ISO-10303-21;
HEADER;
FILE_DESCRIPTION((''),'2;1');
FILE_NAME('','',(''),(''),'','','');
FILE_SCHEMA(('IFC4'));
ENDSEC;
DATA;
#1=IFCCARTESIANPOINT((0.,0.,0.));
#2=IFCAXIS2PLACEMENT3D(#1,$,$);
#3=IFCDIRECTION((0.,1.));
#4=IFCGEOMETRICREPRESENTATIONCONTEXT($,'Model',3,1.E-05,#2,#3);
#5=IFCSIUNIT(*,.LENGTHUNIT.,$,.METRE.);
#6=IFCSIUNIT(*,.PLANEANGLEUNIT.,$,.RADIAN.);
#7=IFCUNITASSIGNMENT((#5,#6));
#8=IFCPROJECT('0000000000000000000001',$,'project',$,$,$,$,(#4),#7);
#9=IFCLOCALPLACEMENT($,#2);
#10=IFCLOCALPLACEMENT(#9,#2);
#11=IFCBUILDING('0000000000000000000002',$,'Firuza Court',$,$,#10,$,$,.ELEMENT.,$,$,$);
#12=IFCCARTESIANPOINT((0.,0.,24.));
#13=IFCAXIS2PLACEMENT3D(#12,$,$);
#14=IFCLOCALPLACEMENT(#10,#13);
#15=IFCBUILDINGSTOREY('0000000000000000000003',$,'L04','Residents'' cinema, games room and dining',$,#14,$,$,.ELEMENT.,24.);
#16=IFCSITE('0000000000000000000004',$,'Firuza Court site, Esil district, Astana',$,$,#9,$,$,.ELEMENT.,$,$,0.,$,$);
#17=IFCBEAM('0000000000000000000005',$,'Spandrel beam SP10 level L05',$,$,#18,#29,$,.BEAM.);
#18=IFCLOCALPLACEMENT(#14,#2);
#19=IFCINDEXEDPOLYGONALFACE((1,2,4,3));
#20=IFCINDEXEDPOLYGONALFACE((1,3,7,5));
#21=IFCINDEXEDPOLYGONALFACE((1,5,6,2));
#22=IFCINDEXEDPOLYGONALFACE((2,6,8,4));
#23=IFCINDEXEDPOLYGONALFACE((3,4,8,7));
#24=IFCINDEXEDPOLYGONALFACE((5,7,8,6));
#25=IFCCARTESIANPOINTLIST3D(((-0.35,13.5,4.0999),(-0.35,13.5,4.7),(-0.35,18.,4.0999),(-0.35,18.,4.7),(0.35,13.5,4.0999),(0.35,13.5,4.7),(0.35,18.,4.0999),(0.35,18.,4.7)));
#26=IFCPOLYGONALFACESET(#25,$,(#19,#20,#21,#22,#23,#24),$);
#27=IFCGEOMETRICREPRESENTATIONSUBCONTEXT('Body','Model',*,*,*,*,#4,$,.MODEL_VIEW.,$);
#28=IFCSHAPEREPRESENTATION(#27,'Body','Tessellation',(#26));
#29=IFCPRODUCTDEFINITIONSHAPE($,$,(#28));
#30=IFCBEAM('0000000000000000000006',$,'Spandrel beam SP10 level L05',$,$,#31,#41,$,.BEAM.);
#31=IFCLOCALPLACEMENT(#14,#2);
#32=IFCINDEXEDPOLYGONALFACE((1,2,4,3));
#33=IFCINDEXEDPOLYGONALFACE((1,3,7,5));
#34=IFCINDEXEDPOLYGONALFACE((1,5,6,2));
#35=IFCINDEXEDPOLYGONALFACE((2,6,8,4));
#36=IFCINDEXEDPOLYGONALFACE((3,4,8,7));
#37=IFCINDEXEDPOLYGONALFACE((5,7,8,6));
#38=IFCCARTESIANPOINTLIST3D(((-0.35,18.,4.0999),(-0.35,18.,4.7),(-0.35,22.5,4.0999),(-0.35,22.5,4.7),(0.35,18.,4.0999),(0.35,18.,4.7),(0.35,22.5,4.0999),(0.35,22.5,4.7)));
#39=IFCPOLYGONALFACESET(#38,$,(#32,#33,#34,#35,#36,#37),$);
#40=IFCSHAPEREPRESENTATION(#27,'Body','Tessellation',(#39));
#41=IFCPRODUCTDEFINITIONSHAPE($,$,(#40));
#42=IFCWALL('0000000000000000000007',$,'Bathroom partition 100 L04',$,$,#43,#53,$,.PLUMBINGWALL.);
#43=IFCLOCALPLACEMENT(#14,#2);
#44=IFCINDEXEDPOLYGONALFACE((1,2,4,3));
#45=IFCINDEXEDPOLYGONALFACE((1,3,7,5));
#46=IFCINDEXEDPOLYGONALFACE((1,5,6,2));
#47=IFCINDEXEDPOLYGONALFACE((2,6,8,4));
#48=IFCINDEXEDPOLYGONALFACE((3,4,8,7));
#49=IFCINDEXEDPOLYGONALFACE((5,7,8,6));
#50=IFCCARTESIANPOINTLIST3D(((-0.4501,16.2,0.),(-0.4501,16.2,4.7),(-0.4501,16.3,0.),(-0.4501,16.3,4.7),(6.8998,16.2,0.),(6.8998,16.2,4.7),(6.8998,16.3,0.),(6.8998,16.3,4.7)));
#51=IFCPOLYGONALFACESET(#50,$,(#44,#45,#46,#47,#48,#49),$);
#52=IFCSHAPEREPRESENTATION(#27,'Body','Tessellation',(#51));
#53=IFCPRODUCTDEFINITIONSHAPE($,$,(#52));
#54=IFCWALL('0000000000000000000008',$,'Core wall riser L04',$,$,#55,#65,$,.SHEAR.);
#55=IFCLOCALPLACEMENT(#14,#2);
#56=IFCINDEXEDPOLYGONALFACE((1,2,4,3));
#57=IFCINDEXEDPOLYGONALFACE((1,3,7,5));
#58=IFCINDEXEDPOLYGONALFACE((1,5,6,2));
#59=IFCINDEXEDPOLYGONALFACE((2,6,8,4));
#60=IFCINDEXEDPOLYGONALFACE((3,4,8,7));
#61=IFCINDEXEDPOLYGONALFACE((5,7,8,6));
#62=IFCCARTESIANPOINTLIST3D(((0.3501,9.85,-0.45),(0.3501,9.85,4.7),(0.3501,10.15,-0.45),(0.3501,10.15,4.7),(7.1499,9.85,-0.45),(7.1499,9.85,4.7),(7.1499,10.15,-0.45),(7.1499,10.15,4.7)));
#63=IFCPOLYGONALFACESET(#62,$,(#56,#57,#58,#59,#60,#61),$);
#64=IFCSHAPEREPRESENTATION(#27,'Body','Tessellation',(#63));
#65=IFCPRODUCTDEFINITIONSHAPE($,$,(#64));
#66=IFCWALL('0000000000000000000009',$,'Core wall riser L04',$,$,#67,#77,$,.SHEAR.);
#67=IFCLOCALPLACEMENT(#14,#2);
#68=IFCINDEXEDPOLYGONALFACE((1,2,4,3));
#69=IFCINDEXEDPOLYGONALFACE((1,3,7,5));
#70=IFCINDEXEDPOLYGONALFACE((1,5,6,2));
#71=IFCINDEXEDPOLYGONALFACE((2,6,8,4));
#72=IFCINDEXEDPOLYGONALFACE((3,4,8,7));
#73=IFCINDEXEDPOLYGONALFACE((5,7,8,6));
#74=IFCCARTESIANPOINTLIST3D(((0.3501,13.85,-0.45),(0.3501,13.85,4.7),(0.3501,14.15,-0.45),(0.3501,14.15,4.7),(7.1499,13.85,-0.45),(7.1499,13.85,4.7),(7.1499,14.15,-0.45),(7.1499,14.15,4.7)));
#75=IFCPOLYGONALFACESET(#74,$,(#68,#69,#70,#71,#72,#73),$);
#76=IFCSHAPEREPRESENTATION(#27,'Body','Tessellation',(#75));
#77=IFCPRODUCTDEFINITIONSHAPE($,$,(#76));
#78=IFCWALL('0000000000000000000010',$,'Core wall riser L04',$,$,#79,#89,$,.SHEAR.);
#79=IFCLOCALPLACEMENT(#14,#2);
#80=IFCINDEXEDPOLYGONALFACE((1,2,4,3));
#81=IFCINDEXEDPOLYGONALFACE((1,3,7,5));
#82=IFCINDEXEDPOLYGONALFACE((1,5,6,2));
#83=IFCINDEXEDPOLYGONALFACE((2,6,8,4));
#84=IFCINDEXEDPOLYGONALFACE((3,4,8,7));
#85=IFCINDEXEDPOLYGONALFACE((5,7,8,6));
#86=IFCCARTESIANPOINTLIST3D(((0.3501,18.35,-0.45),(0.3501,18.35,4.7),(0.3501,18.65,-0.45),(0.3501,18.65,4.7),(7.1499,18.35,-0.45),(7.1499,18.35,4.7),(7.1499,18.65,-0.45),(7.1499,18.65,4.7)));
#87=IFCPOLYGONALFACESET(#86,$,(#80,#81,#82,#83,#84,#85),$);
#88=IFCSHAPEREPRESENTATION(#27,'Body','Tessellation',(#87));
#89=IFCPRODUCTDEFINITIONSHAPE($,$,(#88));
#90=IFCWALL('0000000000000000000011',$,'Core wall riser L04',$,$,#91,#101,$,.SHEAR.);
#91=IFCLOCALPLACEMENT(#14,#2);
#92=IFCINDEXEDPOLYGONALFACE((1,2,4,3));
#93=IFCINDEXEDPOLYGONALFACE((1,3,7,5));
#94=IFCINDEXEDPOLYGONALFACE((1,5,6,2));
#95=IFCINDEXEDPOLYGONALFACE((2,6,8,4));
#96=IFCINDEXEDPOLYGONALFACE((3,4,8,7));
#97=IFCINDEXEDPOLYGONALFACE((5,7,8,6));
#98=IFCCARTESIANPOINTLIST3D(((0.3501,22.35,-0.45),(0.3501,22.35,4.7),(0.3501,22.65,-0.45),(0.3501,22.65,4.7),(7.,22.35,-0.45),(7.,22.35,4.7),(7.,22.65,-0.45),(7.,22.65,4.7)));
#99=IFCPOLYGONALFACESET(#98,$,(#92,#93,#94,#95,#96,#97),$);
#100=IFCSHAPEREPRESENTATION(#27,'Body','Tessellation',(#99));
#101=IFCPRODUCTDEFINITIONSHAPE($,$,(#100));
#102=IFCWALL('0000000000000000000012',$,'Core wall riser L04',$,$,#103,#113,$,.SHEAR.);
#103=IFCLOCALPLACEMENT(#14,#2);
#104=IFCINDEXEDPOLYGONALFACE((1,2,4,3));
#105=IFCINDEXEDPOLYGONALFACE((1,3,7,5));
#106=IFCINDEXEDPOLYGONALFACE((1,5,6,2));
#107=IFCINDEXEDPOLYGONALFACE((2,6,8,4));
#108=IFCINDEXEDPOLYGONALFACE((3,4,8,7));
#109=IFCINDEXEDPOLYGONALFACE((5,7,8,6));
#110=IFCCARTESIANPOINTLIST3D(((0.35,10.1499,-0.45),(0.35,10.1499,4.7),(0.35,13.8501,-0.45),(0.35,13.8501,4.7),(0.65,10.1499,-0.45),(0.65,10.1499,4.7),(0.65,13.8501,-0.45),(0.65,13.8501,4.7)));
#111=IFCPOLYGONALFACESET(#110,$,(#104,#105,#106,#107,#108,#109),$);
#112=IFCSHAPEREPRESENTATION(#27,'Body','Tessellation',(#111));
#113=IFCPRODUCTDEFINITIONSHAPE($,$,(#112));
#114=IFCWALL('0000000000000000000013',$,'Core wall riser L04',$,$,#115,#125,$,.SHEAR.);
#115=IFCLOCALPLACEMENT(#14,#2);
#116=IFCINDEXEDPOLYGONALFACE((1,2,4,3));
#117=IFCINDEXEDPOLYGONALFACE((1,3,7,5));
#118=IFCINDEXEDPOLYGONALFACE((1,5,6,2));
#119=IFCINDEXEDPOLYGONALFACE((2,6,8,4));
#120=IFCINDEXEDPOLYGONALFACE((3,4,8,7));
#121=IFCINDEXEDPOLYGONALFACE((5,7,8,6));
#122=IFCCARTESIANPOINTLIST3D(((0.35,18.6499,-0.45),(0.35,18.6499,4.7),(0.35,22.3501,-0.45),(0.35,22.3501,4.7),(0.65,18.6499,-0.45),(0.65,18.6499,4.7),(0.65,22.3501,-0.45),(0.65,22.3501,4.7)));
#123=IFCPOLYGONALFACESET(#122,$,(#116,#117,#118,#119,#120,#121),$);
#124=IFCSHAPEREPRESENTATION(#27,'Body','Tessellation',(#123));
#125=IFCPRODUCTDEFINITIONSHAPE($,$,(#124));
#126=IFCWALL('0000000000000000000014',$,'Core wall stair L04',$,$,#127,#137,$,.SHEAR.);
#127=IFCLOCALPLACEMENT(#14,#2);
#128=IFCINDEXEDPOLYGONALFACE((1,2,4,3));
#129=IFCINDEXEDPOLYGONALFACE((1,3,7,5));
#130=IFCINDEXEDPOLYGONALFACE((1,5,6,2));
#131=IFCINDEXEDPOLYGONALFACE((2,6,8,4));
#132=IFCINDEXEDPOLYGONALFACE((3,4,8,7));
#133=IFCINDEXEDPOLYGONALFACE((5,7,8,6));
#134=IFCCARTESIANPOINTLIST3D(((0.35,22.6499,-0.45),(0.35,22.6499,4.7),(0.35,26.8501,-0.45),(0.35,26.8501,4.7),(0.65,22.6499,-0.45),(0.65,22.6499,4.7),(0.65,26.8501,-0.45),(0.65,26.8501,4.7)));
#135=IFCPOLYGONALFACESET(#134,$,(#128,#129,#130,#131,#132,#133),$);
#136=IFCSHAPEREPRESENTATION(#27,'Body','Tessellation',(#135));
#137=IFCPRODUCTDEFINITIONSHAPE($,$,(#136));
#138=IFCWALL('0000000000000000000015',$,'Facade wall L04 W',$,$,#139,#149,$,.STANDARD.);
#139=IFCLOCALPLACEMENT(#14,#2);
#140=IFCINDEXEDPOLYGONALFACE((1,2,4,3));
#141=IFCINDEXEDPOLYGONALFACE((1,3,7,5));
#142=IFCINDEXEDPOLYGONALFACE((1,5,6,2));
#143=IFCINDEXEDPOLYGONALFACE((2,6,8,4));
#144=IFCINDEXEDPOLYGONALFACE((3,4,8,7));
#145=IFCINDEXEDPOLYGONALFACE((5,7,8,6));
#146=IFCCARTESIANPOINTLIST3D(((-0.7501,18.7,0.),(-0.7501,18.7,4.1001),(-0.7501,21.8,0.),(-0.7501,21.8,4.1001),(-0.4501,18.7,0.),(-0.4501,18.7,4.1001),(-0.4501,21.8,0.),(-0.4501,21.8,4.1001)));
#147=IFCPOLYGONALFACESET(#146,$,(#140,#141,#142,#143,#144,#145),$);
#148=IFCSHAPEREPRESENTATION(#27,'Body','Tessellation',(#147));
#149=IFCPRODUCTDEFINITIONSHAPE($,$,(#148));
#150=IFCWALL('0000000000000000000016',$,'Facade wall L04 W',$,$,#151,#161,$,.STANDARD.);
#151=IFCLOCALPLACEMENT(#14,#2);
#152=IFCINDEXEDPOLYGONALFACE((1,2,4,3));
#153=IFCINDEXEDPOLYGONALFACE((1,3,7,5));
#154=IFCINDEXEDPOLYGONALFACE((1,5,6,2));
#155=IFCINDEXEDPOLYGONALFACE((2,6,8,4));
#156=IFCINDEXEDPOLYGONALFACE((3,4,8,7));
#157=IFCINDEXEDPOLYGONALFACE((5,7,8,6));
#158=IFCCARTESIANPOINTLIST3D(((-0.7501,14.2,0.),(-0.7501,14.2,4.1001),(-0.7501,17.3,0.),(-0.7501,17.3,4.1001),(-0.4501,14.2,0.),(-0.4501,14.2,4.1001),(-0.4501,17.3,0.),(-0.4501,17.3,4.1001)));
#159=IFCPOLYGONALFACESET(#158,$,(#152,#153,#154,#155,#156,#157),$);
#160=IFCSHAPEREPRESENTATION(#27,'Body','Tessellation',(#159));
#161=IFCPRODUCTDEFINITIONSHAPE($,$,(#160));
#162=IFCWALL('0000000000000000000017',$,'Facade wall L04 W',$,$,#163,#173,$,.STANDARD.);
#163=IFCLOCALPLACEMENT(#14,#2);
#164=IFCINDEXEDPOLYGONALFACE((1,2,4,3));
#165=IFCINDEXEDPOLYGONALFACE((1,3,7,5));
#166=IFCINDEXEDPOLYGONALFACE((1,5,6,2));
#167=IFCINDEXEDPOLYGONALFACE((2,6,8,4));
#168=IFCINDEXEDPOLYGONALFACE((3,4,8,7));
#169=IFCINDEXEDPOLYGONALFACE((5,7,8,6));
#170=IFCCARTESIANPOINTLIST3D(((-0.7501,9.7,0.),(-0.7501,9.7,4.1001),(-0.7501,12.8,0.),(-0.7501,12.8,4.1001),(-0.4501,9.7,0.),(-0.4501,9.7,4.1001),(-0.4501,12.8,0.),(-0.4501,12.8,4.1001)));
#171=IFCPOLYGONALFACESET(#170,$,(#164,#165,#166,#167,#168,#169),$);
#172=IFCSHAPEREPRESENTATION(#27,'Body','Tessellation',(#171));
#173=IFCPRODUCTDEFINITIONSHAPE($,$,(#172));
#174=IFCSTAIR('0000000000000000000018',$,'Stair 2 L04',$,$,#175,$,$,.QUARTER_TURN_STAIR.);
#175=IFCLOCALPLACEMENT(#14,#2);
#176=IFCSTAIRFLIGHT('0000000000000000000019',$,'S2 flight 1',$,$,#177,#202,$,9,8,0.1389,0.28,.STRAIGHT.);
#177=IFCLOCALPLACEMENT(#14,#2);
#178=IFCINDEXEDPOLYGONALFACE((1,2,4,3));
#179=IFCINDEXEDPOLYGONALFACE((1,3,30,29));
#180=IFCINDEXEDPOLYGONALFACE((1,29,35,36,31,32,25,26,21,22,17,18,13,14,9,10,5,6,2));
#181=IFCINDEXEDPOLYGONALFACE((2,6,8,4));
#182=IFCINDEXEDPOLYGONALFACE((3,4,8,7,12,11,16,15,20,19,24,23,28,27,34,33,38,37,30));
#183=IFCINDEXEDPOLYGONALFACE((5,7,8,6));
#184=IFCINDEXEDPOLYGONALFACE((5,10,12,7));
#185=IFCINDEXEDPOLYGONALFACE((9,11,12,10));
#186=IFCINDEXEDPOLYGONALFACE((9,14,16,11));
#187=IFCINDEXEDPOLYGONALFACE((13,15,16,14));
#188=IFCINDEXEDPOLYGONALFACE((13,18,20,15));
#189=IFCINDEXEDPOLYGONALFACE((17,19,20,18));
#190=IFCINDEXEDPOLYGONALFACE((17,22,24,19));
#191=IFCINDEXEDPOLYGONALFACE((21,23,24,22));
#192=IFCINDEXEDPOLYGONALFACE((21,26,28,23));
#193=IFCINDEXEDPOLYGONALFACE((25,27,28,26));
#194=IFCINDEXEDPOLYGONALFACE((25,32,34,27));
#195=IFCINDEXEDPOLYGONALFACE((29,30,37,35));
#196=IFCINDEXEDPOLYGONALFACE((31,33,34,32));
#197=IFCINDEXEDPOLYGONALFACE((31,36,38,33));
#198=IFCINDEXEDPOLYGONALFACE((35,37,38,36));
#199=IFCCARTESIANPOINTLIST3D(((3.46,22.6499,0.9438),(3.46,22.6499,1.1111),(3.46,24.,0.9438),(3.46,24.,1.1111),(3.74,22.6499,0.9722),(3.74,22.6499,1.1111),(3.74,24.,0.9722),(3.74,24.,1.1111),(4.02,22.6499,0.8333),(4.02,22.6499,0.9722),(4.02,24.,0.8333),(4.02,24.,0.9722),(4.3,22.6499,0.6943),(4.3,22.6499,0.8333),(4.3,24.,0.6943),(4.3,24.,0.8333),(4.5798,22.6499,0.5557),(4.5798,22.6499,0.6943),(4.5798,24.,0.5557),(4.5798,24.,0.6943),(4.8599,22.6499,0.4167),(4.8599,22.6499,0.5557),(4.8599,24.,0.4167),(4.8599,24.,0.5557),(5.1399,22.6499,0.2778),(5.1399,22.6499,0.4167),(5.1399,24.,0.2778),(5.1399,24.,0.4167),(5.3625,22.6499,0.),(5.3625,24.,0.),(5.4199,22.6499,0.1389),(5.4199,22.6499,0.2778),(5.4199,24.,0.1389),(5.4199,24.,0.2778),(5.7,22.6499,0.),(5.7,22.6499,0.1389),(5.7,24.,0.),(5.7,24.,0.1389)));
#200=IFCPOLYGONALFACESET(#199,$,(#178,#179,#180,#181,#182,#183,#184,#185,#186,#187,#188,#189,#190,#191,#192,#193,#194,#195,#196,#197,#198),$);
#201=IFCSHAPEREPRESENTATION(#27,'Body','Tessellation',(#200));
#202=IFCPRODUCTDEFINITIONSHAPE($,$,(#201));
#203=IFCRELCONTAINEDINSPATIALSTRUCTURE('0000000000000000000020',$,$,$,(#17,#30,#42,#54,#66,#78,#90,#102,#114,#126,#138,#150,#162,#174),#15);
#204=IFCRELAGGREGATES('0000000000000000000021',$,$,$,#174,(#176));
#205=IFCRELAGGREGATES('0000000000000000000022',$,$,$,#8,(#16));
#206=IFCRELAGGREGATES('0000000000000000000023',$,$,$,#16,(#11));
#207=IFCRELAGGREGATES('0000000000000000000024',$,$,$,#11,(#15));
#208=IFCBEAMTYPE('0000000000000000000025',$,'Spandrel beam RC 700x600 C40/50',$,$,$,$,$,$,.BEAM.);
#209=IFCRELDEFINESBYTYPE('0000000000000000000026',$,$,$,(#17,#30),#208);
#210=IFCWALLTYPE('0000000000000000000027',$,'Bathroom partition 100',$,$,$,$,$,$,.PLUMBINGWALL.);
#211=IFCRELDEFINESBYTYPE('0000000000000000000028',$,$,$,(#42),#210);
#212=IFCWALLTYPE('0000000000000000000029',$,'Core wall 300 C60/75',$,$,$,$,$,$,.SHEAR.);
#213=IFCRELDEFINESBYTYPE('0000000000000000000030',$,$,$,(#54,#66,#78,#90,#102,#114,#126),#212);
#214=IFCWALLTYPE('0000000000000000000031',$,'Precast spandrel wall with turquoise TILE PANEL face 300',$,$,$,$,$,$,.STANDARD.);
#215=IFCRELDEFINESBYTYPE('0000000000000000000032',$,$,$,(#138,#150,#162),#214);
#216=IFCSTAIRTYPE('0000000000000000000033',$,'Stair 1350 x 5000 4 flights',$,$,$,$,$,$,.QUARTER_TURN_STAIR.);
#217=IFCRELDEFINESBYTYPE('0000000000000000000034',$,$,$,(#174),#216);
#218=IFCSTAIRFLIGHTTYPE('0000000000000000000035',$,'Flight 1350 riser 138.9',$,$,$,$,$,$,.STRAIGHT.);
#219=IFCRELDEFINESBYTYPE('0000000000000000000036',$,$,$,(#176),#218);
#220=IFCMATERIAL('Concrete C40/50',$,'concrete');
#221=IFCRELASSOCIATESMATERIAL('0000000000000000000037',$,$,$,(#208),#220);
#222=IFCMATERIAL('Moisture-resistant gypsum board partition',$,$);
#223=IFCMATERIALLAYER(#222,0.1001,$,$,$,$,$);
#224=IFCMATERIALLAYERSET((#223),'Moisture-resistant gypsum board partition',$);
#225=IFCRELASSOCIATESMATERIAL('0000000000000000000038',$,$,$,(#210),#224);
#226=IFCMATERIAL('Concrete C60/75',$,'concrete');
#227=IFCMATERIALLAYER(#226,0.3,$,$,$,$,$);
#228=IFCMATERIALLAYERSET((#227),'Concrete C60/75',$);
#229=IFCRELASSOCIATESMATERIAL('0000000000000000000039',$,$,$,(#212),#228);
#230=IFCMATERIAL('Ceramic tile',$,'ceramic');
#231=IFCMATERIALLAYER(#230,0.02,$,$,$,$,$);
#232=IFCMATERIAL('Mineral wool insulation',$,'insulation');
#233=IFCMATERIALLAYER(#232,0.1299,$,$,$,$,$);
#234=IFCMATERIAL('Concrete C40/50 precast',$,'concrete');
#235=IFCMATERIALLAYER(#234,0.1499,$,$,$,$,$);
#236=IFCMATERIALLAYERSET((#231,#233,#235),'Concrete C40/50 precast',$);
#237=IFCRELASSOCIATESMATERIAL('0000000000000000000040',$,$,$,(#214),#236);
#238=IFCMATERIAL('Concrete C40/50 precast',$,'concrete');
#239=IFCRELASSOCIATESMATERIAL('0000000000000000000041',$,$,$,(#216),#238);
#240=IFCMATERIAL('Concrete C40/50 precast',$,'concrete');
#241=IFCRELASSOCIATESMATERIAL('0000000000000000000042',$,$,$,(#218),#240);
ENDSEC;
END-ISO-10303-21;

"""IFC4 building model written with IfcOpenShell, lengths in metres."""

from ifc_helpers import new_model, si_unit, direction, frame, frame_2d, origin, origin_2d, place, context, subcontext, project, spatial, polyline, rectangle, outline, extrude, material, layer, layer_set, material_profile, profile_set, type_object, element, aggregate, save


model = new_model("IFC4")

# Units and contexts
model_context = context("Model", 3, precision=1e-05, world=origin(), true_north=direction((0.0, 1.0)))
body_context = subcontext(model_context, "Body", "Model", "MODEL_VIEW")
ifc_project = project(units=[si_unit("LENGTHUNIT", "METRE"), si_unit("PLANEANGLEUNIT", "RADIAN")], contexts=[model_context])

# Site, building, storey
site_placement = place(None, origin())
site = spatial("IfcSite", under=ifc_project, at=site_placement, Name="Firuza Court site, Esil district, Astana", CompositionType="ELEMENT", RefElevation=0.0)
building_placement = place(site_placement, origin())
building = spatial("IfcBuilding", under=site, at=building_placement, Name="Firuza Court", CompositionType="ELEMENT")
storey_placement = place(building_placement, frame((0.0, 0.0, 24.0)))
storey = spatial("IfcBuildingStorey", under=building, at=storey_placement, Name="L04", Description="Residents' cinema, games room and dining", CompositionType="ELEMENT", Elevation=24.0)

# Beams
ifc_material_1 = material(Name="Concrete C40/50", Category="concrete")
ifc_material_profile_1 = material_profile(ifc_material_1, rectangle(XDim=0.7, YDim=0.6001, at=origin_2d()), Name="RC 700x600")
ifc_profile_set_1 = profile_set([ifc_material_profile_1], Name="Concrete C40/50")
beam_type_1 = type_object("IfcBeamType", Name="Spandrel beam RC 700x600 C40/50", PredefinedType="BEAM", material=ifc_profile_set_1)
for number, where, z_axis, x_axis, name in (
    (1, (0.0, 18.0, 4.3999), (0.0, -1.0, 0.0), (1.0, 0.0, 0.0), "Spandrel beam SP10 level L05"),
    (2, (0.0, 22.5, 4.3999), (0.0, -1.0, 0.0), (1.0, 0.0, 0.0), "Spandrel beam SP10 level L05"),
):
    element("IfcBeam", number, at=place(storey_placement, frame(where, z_axis=z_axis, x_axis=x_axis)), inside=storey, type_object=beam_type_1, Name=name, PredefinedType="BEAM", context=body_context, shape_type="SweptSolid", body=[
        extrude(rectangle(XDim=0.7, YDim=0.6001, at=origin_2d()), origin(), (0.0, 0.0, 1.0), 4.5),
    ])

# Walls
ifc_material_2 = material(Name="Moisture-resistant gypsum board partition")
ifc_layer_1 = layer(ifc_material_2, 0.1001)
ifc_layer_set_1 = layer_set([ifc_layer_1], Name="Moisture-resistant gypsum board partition")
wall_type_1 = type_object("IfcWallType", Name="Bathroom partition 100", PredefinedType="PLUMBINGWALL", material=ifc_layer_set_1)
wall_1_placement = place(storey_placement, frame((-0.45, 16.25, 0.0), z_axis=(0.0, 0.0, 1.0), x_axis=(1.0, 0.0, 0.0)))
element("IfcWall", 3, at=wall_1_placement, inside=storey, type_object=wall_type_1, Name="Bathroom partition 100 L04", PredefinedType="PLUMBINGWALL", context=body_context, shape_type="SweptSolid", body=[
    extrude(rectangle(XDim=7.3499, YDim=0.1001, at=frame_2d((3.6748, 0.0))), origin(), (0.0, 0.0, 1.0), 4.7),
])
ifc_material_3 = material(Name="Concrete C60/75", Category="concrete")
ifc_layer_2 = layer(ifc_material_3, 0.3)
ifc_layer_set_2 = layer_set([ifc_layer_2], Name="Concrete C60/75")
wall_type_2 = type_object("IfcWallType", Name="Core wall 300 C60/75", PredefinedType="SHEAR", material=ifc_layer_set_2)
for number, where, z_axis, x_axis, name in (
    (4, (0.3501, 10.0, -0.45), (0.0, 0.0, 1.0), (1.0, 0.0, 0.0), "Core wall riser L04"),
    (5, (0.3501, 14.0, -0.45), (0.0, 0.0, 1.0), (1.0, 0.0, 0.0), "Core wall riser L04"),
    (6, (0.3501, 18.5, -0.45), (0.0, 0.0, 1.0), (1.0, 0.0, 0.0), "Core wall riser L04"),
):
    element("IfcWall", number, at=place(storey_placement, frame(where, z_axis=z_axis, x_axis=x_axis)), inside=storey, type_object=wall_type_2, Name=name, PredefinedType="SHEAR", context=body_context, shape_type="SweptSolid", body=[
        extrude(rectangle(XDim=6.7998, YDim=0.3, at=frame_2d((3.3999, 0.0))), origin(), (0.0, 0.0, 1.0), 5.1499),
    ])
wall_2_placement = place(storey_placement, frame((0.3501, 22.5, -0.45), z_axis=(0.0, 0.0, 1.0), x_axis=(1.0, 0.0, 0.0)))
element("IfcWall", 7, at=wall_2_placement, inside=storey, type_object=wall_type_2, Name="Core wall riser L04", PredefinedType="SHEAR", context=body_context, shape_type="SweptSolid", body=[
    extrude(rectangle(XDim=6.6499, YDim=0.3, at=frame_2d((3.325, 0.0))), origin(), (0.0, 0.0, 1.0), 5.1499),
])
for number, where, z_axis, x_axis, name in (
    (8, (0.5, 10.1499, -0.45), (0.0, 0.0, 1.0), (0.0, 1.0, 0.0), "Core wall riser L04"),
    (9, (0.5, 18.6499, -0.45), (0.0, 0.0, 1.0), (0.0, 1.0, 0.0), "Core wall riser L04"),
):
    element("IfcWall", number, at=place(storey_placement, frame(where, z_axis=z_axis, x_axis=x_axis)), inside=storey, type_object=wall_type_2, Name=name, PredefinedType="SHEAR", context=body_context, shape_type="SweptSolid", body=[
        extrude(rectangle(XDim=3.7002, YDim=0.3, at=frame_2d((1.8501, 0.0))), origin(), (0.0, 0.0, 1.0), 5.1499),
    ])
wall_3_placement = place(storey_placement, frame((0.5, 22.6499, -0.45), z_axis=(0.0, 0.0, 1.0), x_axis=(0.0, 1.0, 0.0)))
element("IfcWall", 10, at=wall_3_placement, inside=storey, type_object=wall_type_2, Name="Core wall stair L04", PredefinedType="SHEAR", context=body_context, shape_type="SweptSolid", body=[
    extrude(rectangle(XDim=4.2002, YDim=0.3, at=frame_2d((2.1001, 0.0))), origin(), (0.0, 0.0, 1.0), 5.1499),
])
ifc_material_4 = material(Name="Ceramic tile", Category="ceramic")
ifc_layer_3 = layer(ifc_material_4, 0.02)
ifc_material_5 = material(Name="Mineral wool insulation", Category="insulation")
ifc_layer_4 = layer(ifc_material_5, 0.1299)
ifc_material_6 = material(Name="Concrete C40/50 precast", Category="concrete")
ifc_layer_5 = layer(ifc_material_6, 0.1499)
ifc_layer_set_3 = layer_set([ifc_layer_3, ifc_layer_4, ifc_layer_5], Name="Concrete C40/50 precast")
wall_type_3 = type_object("IfcWallType", Name="Precast spandrel wall with turquoise TILE PANEL face 300", PredefinedType="STANDARD", material=ifc_layer_set_3)
for number, where, z_axis, x_axis, name in (
    (11, (-0.6001, 21.8, 0.0), (0.0, 0.0, 1.0), (0.0, -1.0, 0.0), "Facade wall L04 W"),
    (12, (-0.6001, 17.3, 0.0), (0.0, 0.0, 1.0), (0.0, -1.0, 0.0), "Facade wall L04 W"),
    (13, (-0.6001, 12.8, 0.0), (0.0, 0.0, 1.0), (0.0, -1.0, 0.0), "Facade wall L04 W"),
):
    element("IfcWall", number, at=place(storey_placement, frame(where, z_axis=z_axis, x_axis=x_axis)), inside=storey, type_object=wall_type_3, Name=name, PredefinedType="STANDARD", context=body_context, shape_type="SweptSolid", body=[
        extrude(rectangle(XDim=3.1001, YDim=0.3, at=frame_2d((1.55, 0.0))), origin(), (0.0, 0.0, 1.0), 4.1001),
    ])

# Stair, stair flight
ifc_material_7 = material(Name="Concrete C40/50 precast", Category="concrete")
stair_type = type_object("IfcStairType", Name="Stair 1350 x 5000 4 flights", PredefinedType="QUARTER_TURN_STAIR", material=ifc_material_7)
stair_placement = place(storey_placement, origin())
stair = element("IfcStair", 14, at=stair_placement, inside=storey, type_object=stair_type, Name="Stair 2 L04", PredefinedType="QUARTER_TURN_STAIR")
ifc_material_8 = material(Name="Concrete C40/50 precast", Category="concrete")
stair_flight_type = type_object("IfcStairFlightType", Name="Flight 1350 riser 138.9", PredefinedType="STRAIGHT", material=ifc_material_8)
stair_flight_placement = place(storey_placement, frame((5.7, 23.325, 0.0), z_axis=(0.0, 0.0, 1.0), x_axis=(-1.0, 0.0, 0.0)))
stair_flight = element("IfcStairFlight", 15, at=stair_flight_placement, type_object=stair_flight_type, Name="S2 flight 1", NumberOfRisers=9, NumberOfTreads=8, PredefinedType="STRAIGHT", RiserHeight=0.1389, TreadLength=0.28, context=body_context, shape_type="SweptSolid", body=[
    extrude(outline(polyline([(0.0, 0.0), (0.0, 0.1389), (0.28, 0.1389), (0.28, 0.2778), (0.5601, 0.2778), (0.5601, 0.4167), (0.8401, 0.4167), (0.8401, 0.5557), (1.1201, 0.5557), (1.1201, 0.6943), (1.3999, 0.6943), (1.3999, 0.8333), (1.6799, 0.8333), (1.6799, 0.9722), (1.96, 0.9722), (1.96, 1.1111), (2.24, 1.1111), (2.24, 1.25), (2.24, 0.9438), (0.3374, 0.0), (0.0, 0.0)])), frame((0.0, 0.675, 0.0), z_axis=(0.0, -1.0, 0.0), x_axis=(1.0, 0.0, 0.0)), (0.0, 0.0, 1.0), 1.3501),
])
aggregate(stair, [stair_flight])

save(model, "model.ifc")
